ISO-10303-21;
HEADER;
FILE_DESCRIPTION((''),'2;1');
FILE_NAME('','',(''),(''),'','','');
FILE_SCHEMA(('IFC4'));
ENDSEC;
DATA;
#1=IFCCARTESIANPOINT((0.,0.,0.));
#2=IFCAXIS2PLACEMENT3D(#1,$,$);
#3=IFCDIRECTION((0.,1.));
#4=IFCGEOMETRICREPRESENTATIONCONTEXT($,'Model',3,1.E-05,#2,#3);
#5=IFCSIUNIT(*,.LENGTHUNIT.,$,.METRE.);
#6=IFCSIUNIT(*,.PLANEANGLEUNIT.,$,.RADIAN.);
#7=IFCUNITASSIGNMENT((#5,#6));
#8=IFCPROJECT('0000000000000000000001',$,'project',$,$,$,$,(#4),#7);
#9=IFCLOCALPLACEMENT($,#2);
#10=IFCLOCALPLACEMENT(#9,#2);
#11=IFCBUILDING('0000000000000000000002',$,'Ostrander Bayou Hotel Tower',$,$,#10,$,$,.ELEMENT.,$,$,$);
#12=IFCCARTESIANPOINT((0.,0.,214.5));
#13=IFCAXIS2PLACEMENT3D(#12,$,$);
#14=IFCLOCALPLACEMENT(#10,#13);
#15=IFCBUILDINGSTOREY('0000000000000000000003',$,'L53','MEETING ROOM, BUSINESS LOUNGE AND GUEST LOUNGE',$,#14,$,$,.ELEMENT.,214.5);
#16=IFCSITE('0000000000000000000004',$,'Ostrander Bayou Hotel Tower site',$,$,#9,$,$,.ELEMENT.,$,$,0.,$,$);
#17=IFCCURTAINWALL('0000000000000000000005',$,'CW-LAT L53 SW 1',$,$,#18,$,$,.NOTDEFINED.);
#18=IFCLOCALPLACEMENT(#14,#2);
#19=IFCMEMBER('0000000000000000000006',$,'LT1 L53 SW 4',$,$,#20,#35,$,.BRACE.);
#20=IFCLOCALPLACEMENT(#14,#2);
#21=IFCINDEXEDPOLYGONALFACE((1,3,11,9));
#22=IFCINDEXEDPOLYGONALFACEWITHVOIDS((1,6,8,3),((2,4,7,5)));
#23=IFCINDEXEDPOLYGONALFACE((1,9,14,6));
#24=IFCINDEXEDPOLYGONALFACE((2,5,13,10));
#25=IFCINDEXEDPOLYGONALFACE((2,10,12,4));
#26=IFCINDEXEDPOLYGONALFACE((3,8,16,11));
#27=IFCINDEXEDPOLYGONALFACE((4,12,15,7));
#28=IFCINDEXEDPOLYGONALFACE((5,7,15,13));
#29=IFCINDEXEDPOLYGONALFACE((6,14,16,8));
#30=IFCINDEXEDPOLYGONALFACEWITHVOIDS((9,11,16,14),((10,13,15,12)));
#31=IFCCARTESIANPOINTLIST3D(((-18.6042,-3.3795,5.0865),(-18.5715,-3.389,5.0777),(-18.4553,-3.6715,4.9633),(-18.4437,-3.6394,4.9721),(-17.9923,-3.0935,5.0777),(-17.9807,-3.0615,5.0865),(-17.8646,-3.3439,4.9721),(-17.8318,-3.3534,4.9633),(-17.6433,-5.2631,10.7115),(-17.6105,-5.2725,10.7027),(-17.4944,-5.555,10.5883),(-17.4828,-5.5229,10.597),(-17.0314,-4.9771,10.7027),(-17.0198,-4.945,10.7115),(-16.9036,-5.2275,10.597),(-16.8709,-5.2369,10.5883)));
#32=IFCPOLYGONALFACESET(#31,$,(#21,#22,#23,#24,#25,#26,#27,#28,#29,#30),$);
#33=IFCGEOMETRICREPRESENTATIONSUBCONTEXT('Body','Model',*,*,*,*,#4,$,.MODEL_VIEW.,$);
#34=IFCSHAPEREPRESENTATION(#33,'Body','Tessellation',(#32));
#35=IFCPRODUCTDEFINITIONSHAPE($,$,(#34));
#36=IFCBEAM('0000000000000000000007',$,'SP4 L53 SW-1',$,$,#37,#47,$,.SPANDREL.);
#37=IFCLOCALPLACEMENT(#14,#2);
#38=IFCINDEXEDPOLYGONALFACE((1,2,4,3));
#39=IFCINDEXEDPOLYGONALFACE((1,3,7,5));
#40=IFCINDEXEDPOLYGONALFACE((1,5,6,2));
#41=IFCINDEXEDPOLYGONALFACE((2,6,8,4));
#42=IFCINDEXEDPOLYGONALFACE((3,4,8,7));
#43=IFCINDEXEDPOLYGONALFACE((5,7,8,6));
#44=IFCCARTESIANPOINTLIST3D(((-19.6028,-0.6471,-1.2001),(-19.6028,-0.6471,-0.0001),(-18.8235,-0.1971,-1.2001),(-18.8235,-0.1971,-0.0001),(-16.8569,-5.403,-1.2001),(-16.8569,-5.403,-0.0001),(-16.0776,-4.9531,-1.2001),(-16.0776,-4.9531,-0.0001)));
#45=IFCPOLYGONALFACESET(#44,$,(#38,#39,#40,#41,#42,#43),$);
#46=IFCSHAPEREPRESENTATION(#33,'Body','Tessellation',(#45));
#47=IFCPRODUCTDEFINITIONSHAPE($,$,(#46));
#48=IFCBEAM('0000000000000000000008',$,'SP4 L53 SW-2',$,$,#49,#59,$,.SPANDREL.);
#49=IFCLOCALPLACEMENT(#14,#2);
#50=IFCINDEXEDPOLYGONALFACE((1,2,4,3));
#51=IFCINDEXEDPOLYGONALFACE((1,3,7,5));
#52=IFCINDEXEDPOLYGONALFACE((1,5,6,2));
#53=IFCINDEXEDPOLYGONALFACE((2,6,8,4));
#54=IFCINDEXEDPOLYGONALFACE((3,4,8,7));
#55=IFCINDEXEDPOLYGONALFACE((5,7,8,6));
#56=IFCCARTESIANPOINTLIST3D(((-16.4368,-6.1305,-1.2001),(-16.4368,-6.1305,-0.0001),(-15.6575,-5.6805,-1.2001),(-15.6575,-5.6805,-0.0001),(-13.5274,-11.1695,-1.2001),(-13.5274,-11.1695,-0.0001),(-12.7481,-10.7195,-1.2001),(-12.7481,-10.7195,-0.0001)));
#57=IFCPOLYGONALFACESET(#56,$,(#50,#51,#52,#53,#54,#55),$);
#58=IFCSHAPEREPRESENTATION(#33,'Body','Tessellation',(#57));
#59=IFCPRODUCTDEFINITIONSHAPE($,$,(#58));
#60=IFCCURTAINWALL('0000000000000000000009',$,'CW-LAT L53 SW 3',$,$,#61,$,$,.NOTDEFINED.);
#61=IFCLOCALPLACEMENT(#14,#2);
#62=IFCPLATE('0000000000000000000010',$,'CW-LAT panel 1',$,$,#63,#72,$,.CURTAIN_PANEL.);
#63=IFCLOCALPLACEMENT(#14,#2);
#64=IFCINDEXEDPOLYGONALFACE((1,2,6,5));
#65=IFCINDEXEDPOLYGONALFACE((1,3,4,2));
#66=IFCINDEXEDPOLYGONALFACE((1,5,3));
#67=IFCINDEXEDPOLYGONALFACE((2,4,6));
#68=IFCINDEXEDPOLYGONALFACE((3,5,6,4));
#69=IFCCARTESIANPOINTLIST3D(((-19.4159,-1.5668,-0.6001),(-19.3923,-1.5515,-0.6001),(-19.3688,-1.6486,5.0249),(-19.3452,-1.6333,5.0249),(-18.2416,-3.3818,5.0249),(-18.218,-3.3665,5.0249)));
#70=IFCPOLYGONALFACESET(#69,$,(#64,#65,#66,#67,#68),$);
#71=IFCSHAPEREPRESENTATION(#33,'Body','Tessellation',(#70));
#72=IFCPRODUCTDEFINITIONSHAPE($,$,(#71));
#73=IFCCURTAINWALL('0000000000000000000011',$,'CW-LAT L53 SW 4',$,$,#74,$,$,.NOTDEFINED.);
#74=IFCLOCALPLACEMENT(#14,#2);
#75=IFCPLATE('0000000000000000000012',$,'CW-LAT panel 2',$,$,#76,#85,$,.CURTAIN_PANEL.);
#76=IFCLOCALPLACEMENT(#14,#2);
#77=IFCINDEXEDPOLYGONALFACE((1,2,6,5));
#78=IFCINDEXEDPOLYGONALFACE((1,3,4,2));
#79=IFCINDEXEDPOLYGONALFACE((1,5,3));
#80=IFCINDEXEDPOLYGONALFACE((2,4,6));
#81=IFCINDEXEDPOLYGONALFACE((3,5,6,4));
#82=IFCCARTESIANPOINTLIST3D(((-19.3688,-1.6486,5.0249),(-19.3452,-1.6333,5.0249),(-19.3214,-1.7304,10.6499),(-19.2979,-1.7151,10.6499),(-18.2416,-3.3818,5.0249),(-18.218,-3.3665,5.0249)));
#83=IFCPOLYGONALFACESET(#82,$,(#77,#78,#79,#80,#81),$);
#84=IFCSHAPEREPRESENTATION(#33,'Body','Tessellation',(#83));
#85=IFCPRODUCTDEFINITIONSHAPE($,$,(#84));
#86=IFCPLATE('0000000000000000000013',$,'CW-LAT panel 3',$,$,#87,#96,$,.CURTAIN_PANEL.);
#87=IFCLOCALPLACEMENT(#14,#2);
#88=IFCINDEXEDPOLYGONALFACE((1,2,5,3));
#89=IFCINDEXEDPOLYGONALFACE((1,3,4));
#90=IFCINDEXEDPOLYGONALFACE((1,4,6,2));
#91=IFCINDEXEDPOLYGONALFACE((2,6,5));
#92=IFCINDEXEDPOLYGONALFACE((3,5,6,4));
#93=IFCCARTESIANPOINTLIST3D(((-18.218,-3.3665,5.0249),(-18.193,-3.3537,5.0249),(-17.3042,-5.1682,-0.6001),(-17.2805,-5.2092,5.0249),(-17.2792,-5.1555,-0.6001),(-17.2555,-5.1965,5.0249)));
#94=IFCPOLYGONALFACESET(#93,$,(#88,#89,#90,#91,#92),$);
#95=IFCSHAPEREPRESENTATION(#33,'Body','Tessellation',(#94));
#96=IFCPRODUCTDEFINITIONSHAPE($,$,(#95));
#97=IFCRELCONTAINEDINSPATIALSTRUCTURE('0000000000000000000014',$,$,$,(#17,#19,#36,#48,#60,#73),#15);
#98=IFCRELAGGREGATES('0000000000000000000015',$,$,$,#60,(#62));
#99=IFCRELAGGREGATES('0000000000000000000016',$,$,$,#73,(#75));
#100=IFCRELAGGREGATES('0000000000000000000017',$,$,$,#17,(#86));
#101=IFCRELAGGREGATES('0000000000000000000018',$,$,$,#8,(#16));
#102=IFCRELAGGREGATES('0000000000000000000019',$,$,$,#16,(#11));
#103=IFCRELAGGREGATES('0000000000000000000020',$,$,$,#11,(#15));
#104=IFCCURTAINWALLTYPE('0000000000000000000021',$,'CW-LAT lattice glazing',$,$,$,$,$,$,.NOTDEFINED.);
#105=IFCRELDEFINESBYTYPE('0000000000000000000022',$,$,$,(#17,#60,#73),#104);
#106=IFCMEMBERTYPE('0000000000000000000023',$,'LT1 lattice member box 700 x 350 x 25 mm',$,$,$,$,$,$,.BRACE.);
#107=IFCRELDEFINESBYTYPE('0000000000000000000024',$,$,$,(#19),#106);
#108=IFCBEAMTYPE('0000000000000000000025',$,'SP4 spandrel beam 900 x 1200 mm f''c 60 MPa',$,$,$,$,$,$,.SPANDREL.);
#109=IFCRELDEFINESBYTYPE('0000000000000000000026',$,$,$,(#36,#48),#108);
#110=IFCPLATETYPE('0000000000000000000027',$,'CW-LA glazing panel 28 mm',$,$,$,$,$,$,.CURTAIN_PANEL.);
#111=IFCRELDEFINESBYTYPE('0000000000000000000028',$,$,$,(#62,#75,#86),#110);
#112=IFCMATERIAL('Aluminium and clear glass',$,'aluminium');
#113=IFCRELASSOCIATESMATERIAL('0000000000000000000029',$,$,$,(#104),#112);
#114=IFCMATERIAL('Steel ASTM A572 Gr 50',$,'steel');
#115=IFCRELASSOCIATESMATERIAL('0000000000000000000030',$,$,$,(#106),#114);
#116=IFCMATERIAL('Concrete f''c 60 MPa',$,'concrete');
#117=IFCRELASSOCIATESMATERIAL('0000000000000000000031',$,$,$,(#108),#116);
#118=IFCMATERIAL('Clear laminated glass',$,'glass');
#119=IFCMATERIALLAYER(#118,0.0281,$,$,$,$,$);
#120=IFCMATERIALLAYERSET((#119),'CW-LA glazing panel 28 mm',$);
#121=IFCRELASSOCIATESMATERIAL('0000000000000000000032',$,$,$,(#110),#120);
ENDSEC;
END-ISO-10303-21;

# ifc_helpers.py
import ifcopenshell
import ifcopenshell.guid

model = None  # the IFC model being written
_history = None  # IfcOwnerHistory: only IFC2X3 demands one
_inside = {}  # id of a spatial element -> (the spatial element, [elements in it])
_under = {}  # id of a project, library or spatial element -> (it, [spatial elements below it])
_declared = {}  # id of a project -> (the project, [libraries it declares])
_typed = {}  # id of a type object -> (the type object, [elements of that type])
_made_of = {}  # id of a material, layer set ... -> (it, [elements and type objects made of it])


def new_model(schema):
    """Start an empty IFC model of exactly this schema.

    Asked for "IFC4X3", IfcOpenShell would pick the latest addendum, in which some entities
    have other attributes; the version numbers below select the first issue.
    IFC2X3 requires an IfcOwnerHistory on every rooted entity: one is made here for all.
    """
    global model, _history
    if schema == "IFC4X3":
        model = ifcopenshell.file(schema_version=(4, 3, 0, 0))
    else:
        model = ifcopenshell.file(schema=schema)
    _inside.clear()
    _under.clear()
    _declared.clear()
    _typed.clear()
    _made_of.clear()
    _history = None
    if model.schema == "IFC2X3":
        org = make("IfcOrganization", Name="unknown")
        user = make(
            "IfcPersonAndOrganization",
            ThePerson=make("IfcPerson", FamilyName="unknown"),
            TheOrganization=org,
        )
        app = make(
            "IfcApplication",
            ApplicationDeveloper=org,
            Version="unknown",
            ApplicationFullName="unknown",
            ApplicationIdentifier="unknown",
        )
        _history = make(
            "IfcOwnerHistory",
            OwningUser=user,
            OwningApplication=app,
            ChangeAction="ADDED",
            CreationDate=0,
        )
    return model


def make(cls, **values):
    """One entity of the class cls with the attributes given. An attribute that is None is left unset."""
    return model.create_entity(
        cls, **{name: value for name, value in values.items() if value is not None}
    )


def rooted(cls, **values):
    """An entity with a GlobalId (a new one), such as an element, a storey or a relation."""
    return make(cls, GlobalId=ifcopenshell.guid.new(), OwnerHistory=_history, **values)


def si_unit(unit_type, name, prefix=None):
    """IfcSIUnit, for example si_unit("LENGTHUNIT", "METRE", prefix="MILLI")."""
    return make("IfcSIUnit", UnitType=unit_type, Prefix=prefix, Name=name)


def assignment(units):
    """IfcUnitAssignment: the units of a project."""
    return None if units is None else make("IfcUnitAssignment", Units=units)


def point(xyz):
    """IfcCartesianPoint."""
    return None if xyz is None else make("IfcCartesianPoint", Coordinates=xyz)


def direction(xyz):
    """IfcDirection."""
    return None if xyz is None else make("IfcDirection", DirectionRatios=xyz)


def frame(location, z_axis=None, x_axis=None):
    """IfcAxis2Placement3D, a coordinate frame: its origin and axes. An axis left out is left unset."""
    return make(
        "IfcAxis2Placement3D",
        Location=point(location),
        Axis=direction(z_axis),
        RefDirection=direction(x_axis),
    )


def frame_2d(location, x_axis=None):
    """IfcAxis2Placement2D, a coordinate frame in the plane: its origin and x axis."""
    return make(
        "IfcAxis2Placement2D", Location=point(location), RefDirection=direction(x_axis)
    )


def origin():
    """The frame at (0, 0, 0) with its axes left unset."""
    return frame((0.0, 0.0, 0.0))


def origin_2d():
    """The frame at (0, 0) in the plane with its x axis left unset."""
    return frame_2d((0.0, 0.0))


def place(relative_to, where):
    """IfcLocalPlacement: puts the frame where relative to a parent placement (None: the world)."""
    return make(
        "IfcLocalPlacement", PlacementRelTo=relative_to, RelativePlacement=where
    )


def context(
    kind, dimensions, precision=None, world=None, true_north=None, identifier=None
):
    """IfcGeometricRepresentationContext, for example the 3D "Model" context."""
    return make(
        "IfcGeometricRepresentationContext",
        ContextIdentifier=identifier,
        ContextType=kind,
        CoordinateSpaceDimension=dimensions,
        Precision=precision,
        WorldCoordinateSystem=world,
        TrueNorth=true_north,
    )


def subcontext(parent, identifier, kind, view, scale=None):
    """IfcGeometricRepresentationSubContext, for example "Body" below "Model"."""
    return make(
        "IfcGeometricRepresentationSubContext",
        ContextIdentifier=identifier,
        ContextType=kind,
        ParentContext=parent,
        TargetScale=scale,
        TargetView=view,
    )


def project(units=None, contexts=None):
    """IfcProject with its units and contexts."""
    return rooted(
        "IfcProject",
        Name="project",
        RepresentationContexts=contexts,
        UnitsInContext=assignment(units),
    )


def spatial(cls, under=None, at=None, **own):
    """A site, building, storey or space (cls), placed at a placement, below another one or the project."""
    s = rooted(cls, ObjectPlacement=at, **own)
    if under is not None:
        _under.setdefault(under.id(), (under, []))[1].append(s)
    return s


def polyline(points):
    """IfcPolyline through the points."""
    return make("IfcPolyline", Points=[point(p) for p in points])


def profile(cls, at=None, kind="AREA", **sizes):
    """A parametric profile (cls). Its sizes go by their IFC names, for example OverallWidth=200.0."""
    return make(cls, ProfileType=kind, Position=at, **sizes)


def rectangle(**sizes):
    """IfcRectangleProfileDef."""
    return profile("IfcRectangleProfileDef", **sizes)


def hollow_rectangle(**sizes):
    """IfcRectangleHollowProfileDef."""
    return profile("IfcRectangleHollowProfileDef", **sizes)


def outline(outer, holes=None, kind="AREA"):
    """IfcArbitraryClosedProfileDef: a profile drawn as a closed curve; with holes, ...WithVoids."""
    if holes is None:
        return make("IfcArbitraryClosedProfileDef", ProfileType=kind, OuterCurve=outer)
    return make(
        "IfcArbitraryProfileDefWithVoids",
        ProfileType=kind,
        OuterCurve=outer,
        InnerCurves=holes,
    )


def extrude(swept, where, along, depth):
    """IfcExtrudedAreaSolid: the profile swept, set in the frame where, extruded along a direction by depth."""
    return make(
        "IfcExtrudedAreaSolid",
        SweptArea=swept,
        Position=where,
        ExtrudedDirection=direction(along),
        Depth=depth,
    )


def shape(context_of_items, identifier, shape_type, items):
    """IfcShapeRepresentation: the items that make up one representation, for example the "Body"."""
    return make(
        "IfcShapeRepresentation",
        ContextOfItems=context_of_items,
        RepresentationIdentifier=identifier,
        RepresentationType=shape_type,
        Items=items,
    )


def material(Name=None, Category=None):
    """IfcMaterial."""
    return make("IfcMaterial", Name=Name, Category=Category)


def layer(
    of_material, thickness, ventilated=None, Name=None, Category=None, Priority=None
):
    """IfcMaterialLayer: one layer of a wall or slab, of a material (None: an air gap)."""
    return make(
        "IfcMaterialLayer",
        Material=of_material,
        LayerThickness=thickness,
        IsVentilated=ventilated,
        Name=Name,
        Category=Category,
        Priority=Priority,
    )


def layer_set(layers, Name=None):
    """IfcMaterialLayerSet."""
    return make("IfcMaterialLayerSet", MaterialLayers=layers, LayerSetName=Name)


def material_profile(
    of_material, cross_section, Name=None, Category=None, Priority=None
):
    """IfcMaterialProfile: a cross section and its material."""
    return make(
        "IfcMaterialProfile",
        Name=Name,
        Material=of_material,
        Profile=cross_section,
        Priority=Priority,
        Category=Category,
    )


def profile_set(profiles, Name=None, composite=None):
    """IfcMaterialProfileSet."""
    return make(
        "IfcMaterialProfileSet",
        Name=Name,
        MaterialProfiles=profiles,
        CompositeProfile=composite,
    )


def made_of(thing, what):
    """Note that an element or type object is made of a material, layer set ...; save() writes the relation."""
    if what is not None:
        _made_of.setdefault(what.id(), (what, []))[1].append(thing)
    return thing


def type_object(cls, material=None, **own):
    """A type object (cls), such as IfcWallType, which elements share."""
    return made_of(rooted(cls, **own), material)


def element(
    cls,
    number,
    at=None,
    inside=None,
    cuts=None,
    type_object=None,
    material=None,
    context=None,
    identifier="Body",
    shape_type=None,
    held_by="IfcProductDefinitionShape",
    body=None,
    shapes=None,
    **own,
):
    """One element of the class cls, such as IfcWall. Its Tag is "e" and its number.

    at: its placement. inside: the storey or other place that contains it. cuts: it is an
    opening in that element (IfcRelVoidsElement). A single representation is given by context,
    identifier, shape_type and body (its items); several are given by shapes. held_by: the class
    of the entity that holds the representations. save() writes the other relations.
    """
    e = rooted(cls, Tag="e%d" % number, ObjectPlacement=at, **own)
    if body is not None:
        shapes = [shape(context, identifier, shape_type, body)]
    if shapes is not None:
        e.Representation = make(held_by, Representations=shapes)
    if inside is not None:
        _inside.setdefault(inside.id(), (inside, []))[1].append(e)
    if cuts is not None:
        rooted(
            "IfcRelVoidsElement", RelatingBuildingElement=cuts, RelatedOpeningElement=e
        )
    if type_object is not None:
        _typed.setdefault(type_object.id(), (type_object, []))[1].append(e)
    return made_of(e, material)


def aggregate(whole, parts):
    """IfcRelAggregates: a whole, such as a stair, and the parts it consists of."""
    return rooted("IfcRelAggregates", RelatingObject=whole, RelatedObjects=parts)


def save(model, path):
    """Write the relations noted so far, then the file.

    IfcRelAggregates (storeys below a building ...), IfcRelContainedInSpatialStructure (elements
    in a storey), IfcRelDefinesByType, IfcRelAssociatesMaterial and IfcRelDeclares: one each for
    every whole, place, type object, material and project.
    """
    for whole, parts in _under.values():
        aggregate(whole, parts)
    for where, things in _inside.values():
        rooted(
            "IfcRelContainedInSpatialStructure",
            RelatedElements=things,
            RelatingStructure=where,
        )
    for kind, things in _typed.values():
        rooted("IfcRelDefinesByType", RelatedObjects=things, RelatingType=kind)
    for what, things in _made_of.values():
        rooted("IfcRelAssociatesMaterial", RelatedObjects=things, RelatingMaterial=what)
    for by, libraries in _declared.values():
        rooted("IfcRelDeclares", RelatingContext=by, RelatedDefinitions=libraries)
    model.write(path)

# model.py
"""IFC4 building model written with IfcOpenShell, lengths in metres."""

from ifc_helpers import new_model, si_unit, direction, frame, origin, origin_2d, place, context, subcontext, project, spatial, polyline, rectangle, hollow_rectangle, outline, extrude, material, layer, layer_set, material_profile, profile_set, type_object, element, aggregate, save


model = new_model("IFC4")

# Units and contexts
model_context = context("Model", 3, precision=1e-05, world=origin(), true_north=direction((0.0, 1.0)))
body_context = subcontext(model_context, "Body", "Model", "MODEL_VIEW")
ifc_project = project(units=[si_unit("LENGTHUNIT", "METRE"), si_unit("PLANEANGLEUNIT", "RADIAN")], contexts=[model_context])

# Site, building, storey
site_placement = place(None, origin())
site = spatial("IfcSite", under=ifc_project, at=site_placement, Name="Ostrander Bayou Hotel Tower site", CompositionType="ELEMENT", RefElevation=0.0)
building_placement = place(site_placement, origin())
building = spatial("IfcBuilding", under=site, at=building_placement, Name="Ostrander Bayou Hotel Tower", CompositionType="ELEMENT")
storey_placement = place(building_placement, frame((0.0, 0.0, 214.5)))
storey = spatial("IfcBuildingStorey", under=building, at=storey_placement, Name="L53", Description="MEETING ROOM, BUSINESS LOUNGE AND GUEST LOUNGE", CompositionType="ELEMENT", Elevation=214.5)

# Curtain wall
ifc_material_1 = material(Name="Aluminium and clear glass", Category="aluminium")
curtain_wall_type = type_object("IfcCurtainWallType", Name="CW-LAT lattice glazing", PredefinedType="NOTDEFINED", material=ifc_material_1)
curtain_wall_1_placement = place(storey_placement, origin())
curtain_wall_1 = element("IfcCurtainWall", 1, at=curtain_wall_1_placement, inside=storey, type_object=curtain_wall_type, Name="CW-LAT L53 SW 1", PredefinedType="NOTDEFINED")

# Member
ifc_material_2 = material(Name="Steel ASTM A572 Gr 50", Category="steel")
ifc_material_profile_1 = material_profile(ifc_material_2, hollow_rectangle(XDim=0.7, YDim=0.3501, WallThickness=0.0249, at=origin_2d()))
ifc_profile_set_1 = profile_set([ifc_material_profile_1], Name="Steel ASTM A572 Gr 50")
member_type_1 = type_object("IfcMemberType", Name="LT1 lattice member box 700 x 350 x 25 mm", PredefinedType="BRACE", material=ifc_profile_set_1)
member_1_placement = place(storey_placement, frame((-18.218, -3.3665, 5.0249), z_axis=(0.159908, -0.313438, 0.936048), x_axis=(0.890772, 0.45445, 0.0)))
element("IfcMember", 2, at=member_1_placement, inside=storey, type_object=member_type_1, Name="LT1 L53 SW 4", PredefinedType="BRACE", context=body_context, shape_type="SweptSolid", body=[
    extrude(hollow_rectangle(XDim=0.7, YDim=0.3501, WallThickness=0.0249, at=origin_2d()), origin(), (0.0, 0.0, 1.0), 6.0093),
])

# Beams
ifc_material_3 = material(Name="Concrete f'c 60 MPa", Category="concrete")
ifc_material_profile_2 = material_profile(ifc_material_3, rectangle(XDim=0.8999, YDim=1.2, at=origin_2d()))
ifc_profile_set_2 = profile_set([ifc_material_profile_2], Name="Concrete f'c 60 MPa")
beam_type_1 = type_object("IfcBeamType", Name="SP4 spandrel beam 900 x 1200 mm f'c 60 MPa", PredefinedType="SPANDREL", material=ifc_profile_set_2)
beam_1_placement = place(storey_placement, frame((-19.2131, -0.4221, -0.6001), z_axis=(0.500007, -0.866021, 0.0), x_axis=(0.866021, 0.500007, 0.0)))
element("IfcBeam", 3, at=beam_1_placement, inside=storey, type_object=beam_type_1, Name="SP4 L53 SW-1", PredefinedType="SPANDREL", context=body_context, shape_type="SweptSolid", body=[
    extrude(rectangle(XDim=0.8999, YDim=1.2, at=origin_2d()), origin(), (0.0, 0.0, 1.0), 5.4917),
])
beam_2_placement = place(storey_placement, frame((-16.0471, -5.9055, -0.6001), z_axis=(0.500015, -0.866016, 0.0), x_axis=(0.866016, 0.500015, 0.0)))
element("IfcBeam", 4, at=beam_2_placement, inside=storey, type_object=beam_type_1, Name="SP4 L53 SW-2", PredefinedType="SPANDREL", context=body_context, shape_type="SweptSolid", body=[
    extrude(rectangle(XDim=0.8999, YDim=1.2, at=origin_2d()), origin(), (0.0, 0.0, 1.0), 5.8186),
])

# Curtain walls, plates
curtain_wall_2_placement = place(storey_placement, origin())
curtain_wall_2 = element("IfcCurtainWall", 5, at=curtain_wall_2_placement, inside=storey, type_object=curtain_wall_type, Name="CW-LAT L53 SW 3", PredefinedType="NOTDEFINED")
ifc_material_4 = material(Name="Clear laminated glass", Category="glass")
ifc_layer_1 = layer(ifc_material_4, 0.0281)
ifc_layer_set_1 = layer_set([ifc_layer_1], Name="CW-LA glazing panel 28 mm")
plate_type = type_object("IfcPlateType", Name="CW-LA glazing panel 28 mm", PredefinedType="CURTAIN_PANEL", material=ifc_layer_set_1)
plate_1_placement = place(storey_placement, frame((-18.218, -3.3665, 5.0249), z_axis=(0.8383, 0.545208, 0.000905), x_axis=(-0.194872, 0.301181, -0.933442)))
plate_1 = element("IfcPlate", 6, at=plate_1_placement, type_object=plate_type, Name="CW-LAT panel 1", PredefinedType="CURTAIN_PANEL", context=body_context, shape_type="SweptSolid", body=[
    extrude(outline(polyline([(0.0, 0.0), (6.0261, 0.0), (0.7417, 1.9299), (0.0, 0.0)])), origin(), (0.0, 0.0, -1.0), 0.0281),
])
aggregate(curtain_wall_2, [plate_1])
curtain_wall_3_placement = place(storey_placement, origin())
curtain_wall_3 = element("IfcCurtainWall", 7, at=curtain_wall_3_placement, inside=storey, type_object=curtain_wall_type, Name="CW-LAT L53 SW 4", PredefinedType="NOTDEFINED")
plate_2_placement = place(storey_placement, frame((-18.218, -3.3665, 5.0249), z_axis=(0.8383, 0.545208, 0.000869), x_axis=(-0.181149, 0.277028, 0.943632)))
plate_2 = element("IfcPlate", 8, at=plate_2_placement, type_object=plate_type, Name="CW-LAT panel 2", PredefinedType="CURTAIN_PANEL", context=body_context, shape_type="SweptSolid", body=[
    extrude(outline(polyline([(0.0, 0.0), (5.961, 0.0), (0.6843, -1.9509), (0.0, 0.0)])), origin(), (0.0, 0.0, -1.0), 0.0281),
])
aggregate(curtain_wall_3, [plate_2])

# Plate
plate_3_placement = place(storey_placement, frame((-18.218, -3.3665, 5.0249), z_axis=(-0.891288, -0.453437, 0.000446), x_axis=(0.152895, -0.301459, -0.941141)))
plate_3 = element("IfcPlate", 9, at=plate_3_placement, type_object=plate_type, Name="CW-LAT panel 3", PredefinedType="CURTAIN_PANEL", context=body_context, shape_type="SweptSolid", body=[
    extrude(outline(polyline([(0.0, 0.0), (5.9768, 0.0), (0.6989, 1.9458), (0.0, 0.0)])), origin(), (0.0, 0.0, -1.0), 0.0281),
])
aggregate(curtain_wall_1, [plate_3])

save(model, "model.ifc")
